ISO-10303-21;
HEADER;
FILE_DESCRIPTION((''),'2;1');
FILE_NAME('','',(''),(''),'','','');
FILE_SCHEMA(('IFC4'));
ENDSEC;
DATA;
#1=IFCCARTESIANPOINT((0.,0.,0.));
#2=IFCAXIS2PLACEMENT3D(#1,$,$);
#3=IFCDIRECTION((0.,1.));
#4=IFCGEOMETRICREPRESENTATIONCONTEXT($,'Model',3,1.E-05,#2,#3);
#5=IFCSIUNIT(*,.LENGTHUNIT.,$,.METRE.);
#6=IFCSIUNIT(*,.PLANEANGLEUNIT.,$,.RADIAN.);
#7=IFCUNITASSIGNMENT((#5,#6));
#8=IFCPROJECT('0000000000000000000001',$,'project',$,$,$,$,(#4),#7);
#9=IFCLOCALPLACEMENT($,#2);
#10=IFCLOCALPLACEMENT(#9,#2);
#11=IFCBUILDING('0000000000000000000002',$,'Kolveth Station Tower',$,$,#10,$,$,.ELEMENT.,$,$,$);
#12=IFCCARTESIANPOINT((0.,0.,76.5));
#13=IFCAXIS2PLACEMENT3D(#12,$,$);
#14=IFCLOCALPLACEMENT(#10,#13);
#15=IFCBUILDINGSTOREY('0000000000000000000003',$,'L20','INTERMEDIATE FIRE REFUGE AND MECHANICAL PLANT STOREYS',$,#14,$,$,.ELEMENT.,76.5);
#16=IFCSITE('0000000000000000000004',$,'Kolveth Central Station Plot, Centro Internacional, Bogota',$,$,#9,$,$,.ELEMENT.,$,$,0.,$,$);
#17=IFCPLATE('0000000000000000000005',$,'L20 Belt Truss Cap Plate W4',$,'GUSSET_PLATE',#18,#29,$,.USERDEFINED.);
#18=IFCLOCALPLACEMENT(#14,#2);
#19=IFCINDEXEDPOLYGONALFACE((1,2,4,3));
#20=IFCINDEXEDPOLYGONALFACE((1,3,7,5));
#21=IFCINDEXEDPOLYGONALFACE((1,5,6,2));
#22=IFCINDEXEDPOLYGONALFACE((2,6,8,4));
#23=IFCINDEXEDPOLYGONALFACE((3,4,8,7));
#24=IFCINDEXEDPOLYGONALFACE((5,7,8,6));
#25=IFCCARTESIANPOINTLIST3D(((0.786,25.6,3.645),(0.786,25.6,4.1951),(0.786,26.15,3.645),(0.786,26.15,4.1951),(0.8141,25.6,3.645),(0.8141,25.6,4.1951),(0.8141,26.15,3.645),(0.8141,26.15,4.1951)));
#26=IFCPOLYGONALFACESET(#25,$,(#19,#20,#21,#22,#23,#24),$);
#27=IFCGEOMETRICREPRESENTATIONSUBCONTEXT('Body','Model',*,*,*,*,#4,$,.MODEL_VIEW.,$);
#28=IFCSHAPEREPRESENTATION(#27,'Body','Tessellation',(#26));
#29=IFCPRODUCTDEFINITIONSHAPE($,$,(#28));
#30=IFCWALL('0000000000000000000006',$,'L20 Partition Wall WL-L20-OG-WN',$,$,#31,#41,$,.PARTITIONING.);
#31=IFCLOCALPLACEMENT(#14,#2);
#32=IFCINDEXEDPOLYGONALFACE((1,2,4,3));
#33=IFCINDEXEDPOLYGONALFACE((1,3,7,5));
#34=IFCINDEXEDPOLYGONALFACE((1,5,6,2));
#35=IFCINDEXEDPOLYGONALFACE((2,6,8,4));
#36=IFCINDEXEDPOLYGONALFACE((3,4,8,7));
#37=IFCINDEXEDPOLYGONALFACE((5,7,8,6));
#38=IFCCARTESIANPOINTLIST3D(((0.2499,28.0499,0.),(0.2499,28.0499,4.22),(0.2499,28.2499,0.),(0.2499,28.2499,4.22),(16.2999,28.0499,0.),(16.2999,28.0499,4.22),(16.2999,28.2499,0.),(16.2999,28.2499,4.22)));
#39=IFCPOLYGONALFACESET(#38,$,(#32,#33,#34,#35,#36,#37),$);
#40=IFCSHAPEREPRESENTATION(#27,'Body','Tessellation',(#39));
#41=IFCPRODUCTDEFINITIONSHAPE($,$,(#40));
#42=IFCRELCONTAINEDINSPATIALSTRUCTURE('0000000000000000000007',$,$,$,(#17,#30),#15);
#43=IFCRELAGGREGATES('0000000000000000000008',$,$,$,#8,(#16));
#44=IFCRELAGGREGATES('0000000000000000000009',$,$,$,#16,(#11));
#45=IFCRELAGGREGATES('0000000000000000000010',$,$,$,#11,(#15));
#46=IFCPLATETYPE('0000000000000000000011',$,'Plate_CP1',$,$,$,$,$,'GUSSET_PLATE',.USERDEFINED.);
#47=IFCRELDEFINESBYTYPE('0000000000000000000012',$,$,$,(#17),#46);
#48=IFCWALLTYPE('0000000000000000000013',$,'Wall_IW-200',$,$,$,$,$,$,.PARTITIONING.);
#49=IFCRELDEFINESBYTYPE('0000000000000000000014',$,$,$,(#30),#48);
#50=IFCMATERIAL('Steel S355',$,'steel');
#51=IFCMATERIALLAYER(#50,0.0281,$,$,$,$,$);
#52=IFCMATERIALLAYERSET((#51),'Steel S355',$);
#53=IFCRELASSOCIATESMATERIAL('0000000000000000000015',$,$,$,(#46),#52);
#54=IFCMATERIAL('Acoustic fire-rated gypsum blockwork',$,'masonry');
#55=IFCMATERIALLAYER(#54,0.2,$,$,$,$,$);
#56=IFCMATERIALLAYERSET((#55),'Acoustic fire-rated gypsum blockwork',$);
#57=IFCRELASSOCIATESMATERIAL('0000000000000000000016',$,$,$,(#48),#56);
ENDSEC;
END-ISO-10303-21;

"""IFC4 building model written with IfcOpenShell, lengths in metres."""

from ifc_helpers import new_model, si_unit, direction, frame, frame_2d, origin, origin_2d, place, context, subcontext, project, spatial, rectangle, extrude, source, transform, mapped, material, layer, layer_set, type_object, element, save


model = new_model("IFC4")

# Units and contexts
model_context = context("Model", 3, precision=1e-05, world=origin(), true_north=direction((0.0, 1.0)))
body_context = subcontext(model_context, "Body", "Model", "MODEL_VIEW")
ifc_project = project(units=[si_unit("LENGTHUNIT", "METRE"), si_unit("PLANEANGLEUNIT", "RADIAN")], contexts=[model_context])

# Site, building, storey
site_placement = place(None, origin())
site = spatial("IfcSite", under=ifc_project, at=site_placement, Name="Kolveth Central Station Plot, Centro Internacional, Bogota", CompositionType="ELEMENT", RefElevation=0.0)
building_placement = place(site_placement, origin())
building = spatial("IfcBuilding", under=site, at=building_placement, Name="Kolveth Station Tower", CompositionType="ELEMENT")
storey_placement = place(building_placement, frame((0.0, 0.0, 76.5)))
storey = spatial("IfcBuildingStorey", under=building, at=storey_placement, Name="L20", Description="INTERMEDIATE FIRE REFUGE AND MECHANICAL PLANT STOREYS", CompositionType="ELEMENT", Elevation=76.5)

# Shared definitions
ifc_material_1 = material(Name="Steel S355", Category="steel")

# Plate
ifc_layer_1 = layer(ifc_material_1, 0.0281)
ifc_layer_set_1 = layer_set([ifc_layer_1], Name="Steel S355")
plate_type_1 = type_object("IfcPlateType", Name="Plate_CP1", ElementType="GUSSET_PLATE", PredefinedType="USERDEFINED", material=ifc_layer_set_1)
shared_shape_1 = source(origin(), body_context, "Body", "SweptSolid", [
    extrude(rectangle(XDim=0.0281, YDim=0.55, at=origin_2d()), origin(), (0.0, 0.0, 1.0), 0.55),
])
for number, where, z_axis, x_axis, name in (
    (1, (0.8, 25.875, 3.645), (0.0, 0.0, 1.0), (1.0, 0.0, 0.0), "L20 Belt Truss Cap Plate W4"),
):
    element("IfcPlate", number, at=place(storey_placement, frame(where, z_axis=z_axis, x_axis=x_axis)), inside=storey, type_object=plate_type_1, Name=name, ObjectType="GUSSET_PLATE", PredefinedType="USERDEFINED", context=body_context, shape_type="MappedRepresentation", body=[
        mapped(shared_shape_1, transform((0.0, 0.0, 0.0), x_axis=(1.0, 0.0, 0.0), y_axis=(0.0, 1.0, 0.0), z_axis=(0.0, 0.0, 1.0), scale=1.0)),
    ])

# Wall
ifc_material_2 = material(Name="Acoustic fire-rated gypsum blockwork", Category="masonry")
ifc_layer_2 = layer(ifc_material_2, 0.2)
ifc_layer_set_2 = layer_set([ifc_layer_2], Name="Acoustic fire-rated gypsum blockwork")
wall_type = type_object("IfcWallType", Name="Wall_IW-200", PredefinedType="PARTITIONING", material=ifc_layer_set_2)
wall_placement = place(storey_placement, frame((0.25, 28.1499, 0.0), z_axis=(0.0, 0.0, 1.0), x_axis=(1.0, 0.0, 0.0)))
element("IfcWall", 2, at=wall_placement, inside=storey, type_object=wall_type, Name="L20 Partition Wall WL-L20-OG-WN", PredefinedType="PARTITIONING", context=body_context, shape_type="SweptSolid", body=[
    extrude(rectangle(XDim=16.05, YDim=0.2, at=frame_2d((8.0249, 0.0))), origin(), (0.0, 0.0, 1.0), 4.22),
])

save(model, "model.ifc")
